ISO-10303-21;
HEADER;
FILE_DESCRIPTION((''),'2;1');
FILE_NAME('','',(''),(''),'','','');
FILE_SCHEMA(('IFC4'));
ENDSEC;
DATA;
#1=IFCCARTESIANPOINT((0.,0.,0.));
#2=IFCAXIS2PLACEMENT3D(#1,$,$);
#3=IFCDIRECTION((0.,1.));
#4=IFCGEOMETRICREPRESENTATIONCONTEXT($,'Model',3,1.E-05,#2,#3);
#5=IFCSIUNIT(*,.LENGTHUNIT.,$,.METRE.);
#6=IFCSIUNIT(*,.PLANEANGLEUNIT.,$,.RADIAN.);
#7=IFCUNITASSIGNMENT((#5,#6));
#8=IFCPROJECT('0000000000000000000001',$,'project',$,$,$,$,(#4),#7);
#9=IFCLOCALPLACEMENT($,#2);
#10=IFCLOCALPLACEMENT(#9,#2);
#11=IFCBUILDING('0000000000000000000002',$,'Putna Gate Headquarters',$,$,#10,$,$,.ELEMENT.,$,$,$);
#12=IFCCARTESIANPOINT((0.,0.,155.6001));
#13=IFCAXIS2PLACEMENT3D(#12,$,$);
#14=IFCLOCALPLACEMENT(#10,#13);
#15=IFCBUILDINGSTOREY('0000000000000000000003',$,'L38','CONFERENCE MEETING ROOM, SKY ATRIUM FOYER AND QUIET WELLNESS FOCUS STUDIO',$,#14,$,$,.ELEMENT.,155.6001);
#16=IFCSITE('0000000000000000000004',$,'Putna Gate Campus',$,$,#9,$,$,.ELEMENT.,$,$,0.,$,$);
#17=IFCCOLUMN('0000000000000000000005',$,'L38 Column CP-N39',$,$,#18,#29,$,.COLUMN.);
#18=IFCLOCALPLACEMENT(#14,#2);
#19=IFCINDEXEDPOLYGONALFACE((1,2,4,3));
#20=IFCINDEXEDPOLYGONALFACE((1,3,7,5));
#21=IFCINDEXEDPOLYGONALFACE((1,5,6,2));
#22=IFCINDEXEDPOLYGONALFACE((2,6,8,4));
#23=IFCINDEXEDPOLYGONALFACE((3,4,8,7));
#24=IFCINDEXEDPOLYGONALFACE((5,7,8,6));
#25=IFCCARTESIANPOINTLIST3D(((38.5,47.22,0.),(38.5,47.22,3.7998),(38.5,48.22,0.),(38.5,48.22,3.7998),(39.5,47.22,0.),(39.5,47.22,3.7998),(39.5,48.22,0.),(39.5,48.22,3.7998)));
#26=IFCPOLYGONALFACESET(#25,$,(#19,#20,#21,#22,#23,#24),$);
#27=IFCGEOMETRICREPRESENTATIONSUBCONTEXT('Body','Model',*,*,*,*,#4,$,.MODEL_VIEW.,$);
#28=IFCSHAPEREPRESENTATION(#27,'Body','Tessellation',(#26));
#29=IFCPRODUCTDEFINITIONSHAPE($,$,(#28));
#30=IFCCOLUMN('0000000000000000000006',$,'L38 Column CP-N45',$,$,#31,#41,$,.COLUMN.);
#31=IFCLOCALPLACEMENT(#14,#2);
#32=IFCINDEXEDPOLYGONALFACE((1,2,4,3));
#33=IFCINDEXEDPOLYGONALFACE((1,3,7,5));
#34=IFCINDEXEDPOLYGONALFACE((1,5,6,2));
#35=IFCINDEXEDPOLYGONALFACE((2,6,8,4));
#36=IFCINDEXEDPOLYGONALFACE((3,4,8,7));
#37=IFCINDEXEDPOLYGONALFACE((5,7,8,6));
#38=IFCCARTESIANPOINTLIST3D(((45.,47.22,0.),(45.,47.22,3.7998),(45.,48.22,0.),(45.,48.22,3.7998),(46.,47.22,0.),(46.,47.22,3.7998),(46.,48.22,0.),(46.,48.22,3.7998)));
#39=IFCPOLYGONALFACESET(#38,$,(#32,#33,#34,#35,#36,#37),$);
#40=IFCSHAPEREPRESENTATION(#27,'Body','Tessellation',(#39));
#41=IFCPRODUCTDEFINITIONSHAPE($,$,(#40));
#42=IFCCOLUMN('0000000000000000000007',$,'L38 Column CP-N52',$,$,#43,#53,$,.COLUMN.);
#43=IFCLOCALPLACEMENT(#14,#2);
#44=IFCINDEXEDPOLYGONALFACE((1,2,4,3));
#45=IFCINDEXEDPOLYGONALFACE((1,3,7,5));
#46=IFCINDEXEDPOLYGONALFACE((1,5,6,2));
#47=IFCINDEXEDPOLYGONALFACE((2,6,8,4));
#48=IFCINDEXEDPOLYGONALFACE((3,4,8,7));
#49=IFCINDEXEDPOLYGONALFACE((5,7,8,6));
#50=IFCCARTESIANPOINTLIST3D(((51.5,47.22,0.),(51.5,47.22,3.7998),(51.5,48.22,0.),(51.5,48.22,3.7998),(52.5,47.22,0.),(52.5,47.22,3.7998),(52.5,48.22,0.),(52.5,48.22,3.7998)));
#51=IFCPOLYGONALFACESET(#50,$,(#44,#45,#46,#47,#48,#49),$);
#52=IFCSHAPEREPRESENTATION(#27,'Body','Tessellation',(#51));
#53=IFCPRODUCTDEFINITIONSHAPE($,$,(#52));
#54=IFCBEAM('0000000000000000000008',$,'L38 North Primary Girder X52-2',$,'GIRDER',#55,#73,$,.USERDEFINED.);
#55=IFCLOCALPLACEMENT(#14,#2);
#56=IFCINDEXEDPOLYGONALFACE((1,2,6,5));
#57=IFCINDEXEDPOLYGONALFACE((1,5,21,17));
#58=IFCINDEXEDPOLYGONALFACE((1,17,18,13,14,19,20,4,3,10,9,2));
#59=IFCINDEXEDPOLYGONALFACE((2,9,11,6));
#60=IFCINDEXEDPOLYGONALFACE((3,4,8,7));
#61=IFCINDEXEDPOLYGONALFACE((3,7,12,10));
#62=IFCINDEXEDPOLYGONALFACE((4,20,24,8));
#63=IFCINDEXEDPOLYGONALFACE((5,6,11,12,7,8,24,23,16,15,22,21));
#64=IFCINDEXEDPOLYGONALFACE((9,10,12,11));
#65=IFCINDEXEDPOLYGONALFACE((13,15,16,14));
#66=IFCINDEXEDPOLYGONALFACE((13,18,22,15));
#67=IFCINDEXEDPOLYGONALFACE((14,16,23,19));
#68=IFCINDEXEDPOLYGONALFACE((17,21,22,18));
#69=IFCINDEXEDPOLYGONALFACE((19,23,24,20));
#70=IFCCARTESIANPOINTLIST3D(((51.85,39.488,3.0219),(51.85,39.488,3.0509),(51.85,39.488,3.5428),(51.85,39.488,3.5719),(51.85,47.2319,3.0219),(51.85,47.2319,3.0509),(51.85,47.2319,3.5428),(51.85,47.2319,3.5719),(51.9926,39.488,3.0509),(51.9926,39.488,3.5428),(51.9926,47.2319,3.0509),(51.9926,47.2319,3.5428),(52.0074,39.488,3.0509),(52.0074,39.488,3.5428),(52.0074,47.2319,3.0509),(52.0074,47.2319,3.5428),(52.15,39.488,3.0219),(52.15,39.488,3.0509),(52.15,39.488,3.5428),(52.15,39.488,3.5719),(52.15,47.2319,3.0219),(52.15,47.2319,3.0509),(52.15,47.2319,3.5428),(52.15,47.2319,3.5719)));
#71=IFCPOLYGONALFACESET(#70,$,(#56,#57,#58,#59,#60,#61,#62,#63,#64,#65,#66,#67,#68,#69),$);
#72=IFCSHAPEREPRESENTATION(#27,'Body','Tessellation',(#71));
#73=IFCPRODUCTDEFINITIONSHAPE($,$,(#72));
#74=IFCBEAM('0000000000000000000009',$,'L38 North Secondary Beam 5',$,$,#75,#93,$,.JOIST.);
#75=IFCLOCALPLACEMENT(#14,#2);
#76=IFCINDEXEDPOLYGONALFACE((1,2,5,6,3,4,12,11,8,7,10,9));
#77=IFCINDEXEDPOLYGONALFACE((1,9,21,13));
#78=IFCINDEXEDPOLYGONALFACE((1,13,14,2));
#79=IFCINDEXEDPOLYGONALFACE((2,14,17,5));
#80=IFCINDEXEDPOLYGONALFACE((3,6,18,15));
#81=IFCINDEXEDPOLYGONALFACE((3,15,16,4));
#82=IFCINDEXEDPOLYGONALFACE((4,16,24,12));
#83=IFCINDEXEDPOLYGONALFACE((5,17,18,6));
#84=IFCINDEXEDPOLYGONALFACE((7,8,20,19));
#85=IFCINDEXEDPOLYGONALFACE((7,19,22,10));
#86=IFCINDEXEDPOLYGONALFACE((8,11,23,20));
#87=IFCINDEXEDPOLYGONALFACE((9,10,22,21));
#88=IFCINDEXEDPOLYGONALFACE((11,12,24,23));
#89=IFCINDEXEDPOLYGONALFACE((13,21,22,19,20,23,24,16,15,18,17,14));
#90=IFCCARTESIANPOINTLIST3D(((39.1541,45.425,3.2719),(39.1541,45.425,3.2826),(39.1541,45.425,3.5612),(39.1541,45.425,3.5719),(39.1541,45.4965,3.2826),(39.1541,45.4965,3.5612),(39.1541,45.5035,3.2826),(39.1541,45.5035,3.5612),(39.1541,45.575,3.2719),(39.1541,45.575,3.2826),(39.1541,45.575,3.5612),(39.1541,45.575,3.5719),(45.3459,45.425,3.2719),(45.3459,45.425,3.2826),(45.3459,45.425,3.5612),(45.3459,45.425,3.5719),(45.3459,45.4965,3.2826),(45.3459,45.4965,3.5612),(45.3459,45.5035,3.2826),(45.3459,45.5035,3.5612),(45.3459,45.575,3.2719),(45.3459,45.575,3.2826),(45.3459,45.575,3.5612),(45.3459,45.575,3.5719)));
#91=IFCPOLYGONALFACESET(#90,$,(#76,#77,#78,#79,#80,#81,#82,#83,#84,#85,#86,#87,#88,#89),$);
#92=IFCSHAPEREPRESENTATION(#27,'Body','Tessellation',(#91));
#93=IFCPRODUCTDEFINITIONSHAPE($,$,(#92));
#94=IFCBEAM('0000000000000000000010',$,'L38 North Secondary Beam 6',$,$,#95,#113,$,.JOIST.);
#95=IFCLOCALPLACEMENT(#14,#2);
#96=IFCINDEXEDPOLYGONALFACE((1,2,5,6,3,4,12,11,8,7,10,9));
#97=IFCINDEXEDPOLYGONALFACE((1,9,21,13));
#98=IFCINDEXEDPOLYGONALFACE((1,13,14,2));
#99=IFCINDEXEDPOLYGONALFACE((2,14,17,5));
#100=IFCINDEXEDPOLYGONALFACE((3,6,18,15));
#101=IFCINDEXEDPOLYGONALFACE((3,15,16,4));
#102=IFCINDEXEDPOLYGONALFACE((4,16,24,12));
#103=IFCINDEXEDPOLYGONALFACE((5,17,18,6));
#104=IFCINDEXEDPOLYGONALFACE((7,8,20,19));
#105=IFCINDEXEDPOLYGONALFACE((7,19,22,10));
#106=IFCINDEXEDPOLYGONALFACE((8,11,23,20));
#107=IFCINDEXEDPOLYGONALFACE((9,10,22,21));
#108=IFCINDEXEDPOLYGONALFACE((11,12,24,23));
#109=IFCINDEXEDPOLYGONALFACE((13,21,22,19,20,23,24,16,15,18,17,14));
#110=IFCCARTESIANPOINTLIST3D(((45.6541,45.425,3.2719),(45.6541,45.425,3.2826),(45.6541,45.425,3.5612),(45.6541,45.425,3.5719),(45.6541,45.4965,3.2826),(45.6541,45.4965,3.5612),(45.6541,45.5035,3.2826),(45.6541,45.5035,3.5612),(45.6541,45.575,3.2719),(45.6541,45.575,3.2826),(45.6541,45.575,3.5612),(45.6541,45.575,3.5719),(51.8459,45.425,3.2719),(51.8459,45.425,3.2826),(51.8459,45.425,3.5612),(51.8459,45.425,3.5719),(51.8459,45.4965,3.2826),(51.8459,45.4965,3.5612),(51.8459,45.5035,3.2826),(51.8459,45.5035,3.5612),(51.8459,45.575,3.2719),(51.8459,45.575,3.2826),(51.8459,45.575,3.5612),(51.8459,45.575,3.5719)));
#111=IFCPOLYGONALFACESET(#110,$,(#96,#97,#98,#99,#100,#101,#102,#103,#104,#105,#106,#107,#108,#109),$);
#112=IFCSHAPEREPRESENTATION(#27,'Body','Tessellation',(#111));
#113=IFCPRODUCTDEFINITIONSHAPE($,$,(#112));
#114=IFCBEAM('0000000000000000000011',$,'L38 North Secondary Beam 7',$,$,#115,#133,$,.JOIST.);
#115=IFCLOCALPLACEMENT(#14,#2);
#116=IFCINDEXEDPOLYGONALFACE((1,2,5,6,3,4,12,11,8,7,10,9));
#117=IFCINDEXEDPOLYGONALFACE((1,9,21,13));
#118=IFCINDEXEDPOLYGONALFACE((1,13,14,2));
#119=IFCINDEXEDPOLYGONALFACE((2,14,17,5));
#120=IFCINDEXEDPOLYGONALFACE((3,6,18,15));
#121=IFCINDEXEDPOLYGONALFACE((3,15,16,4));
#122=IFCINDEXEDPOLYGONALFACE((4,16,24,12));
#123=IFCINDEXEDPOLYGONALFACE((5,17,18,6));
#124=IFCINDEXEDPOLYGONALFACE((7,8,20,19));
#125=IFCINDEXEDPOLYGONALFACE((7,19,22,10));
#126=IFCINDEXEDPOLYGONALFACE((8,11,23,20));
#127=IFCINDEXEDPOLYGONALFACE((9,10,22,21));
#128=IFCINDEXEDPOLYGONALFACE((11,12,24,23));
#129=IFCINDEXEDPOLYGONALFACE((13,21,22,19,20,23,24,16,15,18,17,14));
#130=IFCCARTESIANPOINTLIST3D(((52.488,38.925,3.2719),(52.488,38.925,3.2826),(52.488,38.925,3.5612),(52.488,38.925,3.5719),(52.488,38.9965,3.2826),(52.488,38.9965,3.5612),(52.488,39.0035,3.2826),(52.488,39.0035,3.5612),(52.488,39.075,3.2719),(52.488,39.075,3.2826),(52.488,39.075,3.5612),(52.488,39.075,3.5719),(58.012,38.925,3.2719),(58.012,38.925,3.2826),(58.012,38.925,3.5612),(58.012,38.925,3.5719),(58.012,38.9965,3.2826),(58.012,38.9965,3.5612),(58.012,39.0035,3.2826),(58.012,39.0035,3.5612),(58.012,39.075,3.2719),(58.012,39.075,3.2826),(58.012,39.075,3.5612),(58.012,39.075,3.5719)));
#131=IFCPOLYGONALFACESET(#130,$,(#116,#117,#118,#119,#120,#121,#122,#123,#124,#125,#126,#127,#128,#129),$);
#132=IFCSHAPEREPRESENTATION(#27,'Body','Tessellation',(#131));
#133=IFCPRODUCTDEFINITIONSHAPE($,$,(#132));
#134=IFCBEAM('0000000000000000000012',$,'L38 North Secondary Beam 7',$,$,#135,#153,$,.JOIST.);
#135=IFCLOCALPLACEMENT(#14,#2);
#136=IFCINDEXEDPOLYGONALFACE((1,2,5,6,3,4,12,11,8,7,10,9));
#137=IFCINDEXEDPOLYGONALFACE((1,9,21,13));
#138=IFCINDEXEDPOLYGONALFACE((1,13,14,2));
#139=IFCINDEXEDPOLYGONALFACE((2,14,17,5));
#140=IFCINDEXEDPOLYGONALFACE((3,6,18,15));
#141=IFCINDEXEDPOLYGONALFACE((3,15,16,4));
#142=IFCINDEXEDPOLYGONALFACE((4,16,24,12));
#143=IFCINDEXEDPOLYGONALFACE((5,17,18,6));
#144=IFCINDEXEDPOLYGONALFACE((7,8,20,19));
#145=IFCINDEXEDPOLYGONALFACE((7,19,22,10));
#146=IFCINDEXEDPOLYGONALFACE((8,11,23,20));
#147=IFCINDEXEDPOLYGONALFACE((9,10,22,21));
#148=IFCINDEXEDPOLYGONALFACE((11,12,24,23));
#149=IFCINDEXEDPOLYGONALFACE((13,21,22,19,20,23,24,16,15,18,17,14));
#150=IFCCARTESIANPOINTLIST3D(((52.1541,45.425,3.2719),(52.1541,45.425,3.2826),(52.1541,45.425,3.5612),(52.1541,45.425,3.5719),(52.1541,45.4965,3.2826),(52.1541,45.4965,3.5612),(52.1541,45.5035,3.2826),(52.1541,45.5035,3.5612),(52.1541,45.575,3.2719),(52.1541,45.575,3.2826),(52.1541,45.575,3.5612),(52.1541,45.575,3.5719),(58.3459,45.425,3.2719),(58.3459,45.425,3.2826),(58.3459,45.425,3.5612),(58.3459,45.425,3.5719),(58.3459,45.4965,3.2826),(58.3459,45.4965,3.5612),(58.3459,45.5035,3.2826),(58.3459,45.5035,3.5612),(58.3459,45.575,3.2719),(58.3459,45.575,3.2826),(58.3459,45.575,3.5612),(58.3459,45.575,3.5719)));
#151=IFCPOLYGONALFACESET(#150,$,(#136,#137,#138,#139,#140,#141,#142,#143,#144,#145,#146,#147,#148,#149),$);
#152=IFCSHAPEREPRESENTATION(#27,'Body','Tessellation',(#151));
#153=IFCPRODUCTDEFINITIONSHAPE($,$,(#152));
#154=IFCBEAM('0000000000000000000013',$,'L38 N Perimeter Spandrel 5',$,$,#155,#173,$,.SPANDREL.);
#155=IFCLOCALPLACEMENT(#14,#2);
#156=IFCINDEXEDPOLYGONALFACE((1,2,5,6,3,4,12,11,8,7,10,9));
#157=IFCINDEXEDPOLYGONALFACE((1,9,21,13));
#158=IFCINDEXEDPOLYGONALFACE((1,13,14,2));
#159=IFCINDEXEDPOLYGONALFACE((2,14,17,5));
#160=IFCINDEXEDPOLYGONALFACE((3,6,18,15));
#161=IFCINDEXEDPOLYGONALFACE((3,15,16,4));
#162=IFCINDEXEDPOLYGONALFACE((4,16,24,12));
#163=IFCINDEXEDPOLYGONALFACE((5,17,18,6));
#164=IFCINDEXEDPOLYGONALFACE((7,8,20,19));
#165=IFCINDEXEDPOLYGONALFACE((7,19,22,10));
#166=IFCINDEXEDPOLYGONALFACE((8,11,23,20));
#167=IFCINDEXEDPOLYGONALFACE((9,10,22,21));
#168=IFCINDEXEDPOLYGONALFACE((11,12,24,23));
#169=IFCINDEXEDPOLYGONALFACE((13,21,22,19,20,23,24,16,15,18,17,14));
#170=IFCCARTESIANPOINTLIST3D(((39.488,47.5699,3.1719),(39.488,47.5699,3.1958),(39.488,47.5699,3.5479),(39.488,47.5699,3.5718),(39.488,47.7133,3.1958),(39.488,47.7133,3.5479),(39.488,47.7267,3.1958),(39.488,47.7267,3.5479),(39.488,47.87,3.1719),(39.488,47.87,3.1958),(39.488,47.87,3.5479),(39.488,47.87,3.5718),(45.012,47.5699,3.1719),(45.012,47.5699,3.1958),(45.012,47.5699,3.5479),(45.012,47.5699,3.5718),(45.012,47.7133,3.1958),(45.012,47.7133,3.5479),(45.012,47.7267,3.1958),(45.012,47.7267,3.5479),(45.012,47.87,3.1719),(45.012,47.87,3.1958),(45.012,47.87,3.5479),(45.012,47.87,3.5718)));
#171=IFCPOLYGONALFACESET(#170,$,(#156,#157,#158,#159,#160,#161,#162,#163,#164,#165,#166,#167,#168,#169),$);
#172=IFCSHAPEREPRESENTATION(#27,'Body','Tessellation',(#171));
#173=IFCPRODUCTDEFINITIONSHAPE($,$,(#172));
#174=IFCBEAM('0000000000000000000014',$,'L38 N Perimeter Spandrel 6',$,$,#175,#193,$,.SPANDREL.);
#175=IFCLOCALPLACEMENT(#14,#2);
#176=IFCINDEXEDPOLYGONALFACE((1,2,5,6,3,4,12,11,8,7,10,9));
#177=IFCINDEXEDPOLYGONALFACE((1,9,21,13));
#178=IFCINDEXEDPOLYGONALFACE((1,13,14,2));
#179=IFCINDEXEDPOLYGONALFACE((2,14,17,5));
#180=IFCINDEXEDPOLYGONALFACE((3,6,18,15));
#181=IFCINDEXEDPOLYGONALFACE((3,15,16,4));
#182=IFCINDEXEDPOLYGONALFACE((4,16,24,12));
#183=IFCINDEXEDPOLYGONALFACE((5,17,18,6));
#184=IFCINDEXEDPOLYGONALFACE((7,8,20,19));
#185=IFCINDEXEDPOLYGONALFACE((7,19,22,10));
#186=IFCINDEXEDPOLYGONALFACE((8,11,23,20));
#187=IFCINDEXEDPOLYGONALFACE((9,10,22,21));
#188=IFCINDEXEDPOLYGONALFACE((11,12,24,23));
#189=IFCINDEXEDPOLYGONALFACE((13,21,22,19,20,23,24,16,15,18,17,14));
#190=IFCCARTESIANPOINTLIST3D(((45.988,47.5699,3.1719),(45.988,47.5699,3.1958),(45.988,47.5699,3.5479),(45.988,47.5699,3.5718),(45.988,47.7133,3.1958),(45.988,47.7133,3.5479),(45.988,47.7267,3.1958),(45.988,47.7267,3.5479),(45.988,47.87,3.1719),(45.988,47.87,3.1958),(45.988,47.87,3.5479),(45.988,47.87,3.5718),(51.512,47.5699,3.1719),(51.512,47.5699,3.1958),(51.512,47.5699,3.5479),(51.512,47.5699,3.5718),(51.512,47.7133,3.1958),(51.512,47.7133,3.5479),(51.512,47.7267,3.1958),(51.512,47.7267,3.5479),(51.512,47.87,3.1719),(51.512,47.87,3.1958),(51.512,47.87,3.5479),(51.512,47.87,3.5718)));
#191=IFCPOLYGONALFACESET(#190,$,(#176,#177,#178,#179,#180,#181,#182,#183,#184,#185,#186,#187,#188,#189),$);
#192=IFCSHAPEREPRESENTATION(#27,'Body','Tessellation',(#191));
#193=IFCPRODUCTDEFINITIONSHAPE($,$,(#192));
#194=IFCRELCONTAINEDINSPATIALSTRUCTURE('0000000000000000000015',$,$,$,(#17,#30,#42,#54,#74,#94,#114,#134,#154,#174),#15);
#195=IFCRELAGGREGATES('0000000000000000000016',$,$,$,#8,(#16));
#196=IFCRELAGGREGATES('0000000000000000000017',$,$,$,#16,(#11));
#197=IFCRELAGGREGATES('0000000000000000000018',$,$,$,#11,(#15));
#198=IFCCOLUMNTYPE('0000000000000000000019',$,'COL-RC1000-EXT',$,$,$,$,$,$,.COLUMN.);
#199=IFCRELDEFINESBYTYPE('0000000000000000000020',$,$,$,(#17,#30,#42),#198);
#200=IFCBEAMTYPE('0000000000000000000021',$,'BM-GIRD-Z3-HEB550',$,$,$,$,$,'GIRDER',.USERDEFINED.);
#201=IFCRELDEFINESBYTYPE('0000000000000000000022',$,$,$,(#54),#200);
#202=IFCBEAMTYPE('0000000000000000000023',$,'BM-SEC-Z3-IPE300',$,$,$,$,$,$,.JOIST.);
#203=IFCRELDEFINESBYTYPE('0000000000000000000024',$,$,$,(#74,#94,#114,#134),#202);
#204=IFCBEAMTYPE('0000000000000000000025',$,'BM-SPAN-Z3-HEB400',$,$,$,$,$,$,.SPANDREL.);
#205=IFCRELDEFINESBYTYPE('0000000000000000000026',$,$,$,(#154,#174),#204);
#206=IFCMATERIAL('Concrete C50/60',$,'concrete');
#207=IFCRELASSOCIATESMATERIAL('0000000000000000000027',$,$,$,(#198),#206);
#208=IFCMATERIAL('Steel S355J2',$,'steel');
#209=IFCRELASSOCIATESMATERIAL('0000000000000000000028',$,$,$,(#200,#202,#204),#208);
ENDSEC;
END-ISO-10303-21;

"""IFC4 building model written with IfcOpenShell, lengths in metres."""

from ifc_helpers import new_model, si_unit, direction, frame, origin, origin_2d, place, context, subcontext, project, spatial, rectangle, i_section, extrude, material, material_profile, profile_set, type_object, element, save


model = new_model("IFC4")

# Units and contexts
model_context = context("Model", 3, precision=1e-05, world=origin(), true_north=direction((0.0, 1.0)))
body_context = subcontext(model_context, "Body", "Model", "MODEL_VIEW")
ifc_project = project(units=[si_unit("LENGTHUNIT", "METRE"), si_unit("PLANEANGLEUNIT", "RADIAN")], contexts=[model_context])

# Site, building, storey
site_placement = place(None, origin())
site = spatial("IfcSite", under=ifc_project, at=site_placement, Name="Putna Gate Campus", CompositionType="ELEMENT", RefElevation=0.0)
building_placement = place(site_placement, origin())
building = spatial("IfcBuilding", under=site, at=building_placement, Name="Putna Gate Headquarters", CompositionType="ELEMENT")
storey_placement = place(building_placement, frame((0.0, 0.0, 155.6001)))
storey = spatial("IfcBuildingStorey", under=building, at=storey_placement, Name="L38", Description="CONFERENCE MEETING ROOM, SKY ATRIUM FOYER AND QUIET WELLNESS FOCUS STUDIO", CompositionType="ELEMENT", Elevation=155.6001)

# Columns
ifc_material_1 = material(Name="Concrete C50/60", Category="concrete")
ifc_material_profile_1 = material_profile(ifc_material_1, rectangle(XDim=1.0, YDim=1.0, at=origin_2d()), Name="Concrete C50/60")
ifc_profile_set_1 = profile_set([ifc_material_profile_1], Name="Concrete C50/60")
column_type = type_object("IfcColumnType", Name="COL-RC1000-EXT", PredefinedType="COLUMN", material=ifc_profile_set_1)
for number, where, z_axis, x_axis, name in (
    (1, (39.0, 47.72, 0.0), (0.0, 0.0, 1.0), (1.0, 0.0, 0.0), "L38 Column CP-N39"),
    (2, (45.5, 47.72, 0.0), (0.0, 0.0, 1.0), (1.0, 0.0, 0.0), "L38 Column CP-N45"),
    (3, (52.0, 47.72, 0.0), (0.0, 0.0, 1.0), (1.0, 0.0, 0.0), "L38 Column CP-N52"),
):
    element("IfcColumn", number, at=place(storey_placement, frame(where, z_axis=z_axis, x_axis=x_axis)), inside=storey, type_object=column_type, Name=name, PredefinedType="COLUMN", context=body_context, shape_type="SweptSolid", body=[
        extrude(rectangle(XDim=1.0, YDim=1.0, at=origin_2d()), origin(), (0.0, 0.0, 1.0), 3.7998),
    ])

# Beams
ifc_material_2 = material(Name="Steel S355J2", Category="steel")
ifc_material_profile_2 = material_profile(ifc_material_2, i_section(OverallWidth=0.3, OverallDepth=0.55, WebThickness=0.0149, FlangeThickness=0.0291, at=origin_2d()), Name="Steel S355J2")
ifc_profile_set_2 = profile_set([ifc_material_profile_2], Name="Steel S355J2")
beam_type_1 = type_object("IfcBeamType", Name="BM-GIRD-Z3-HEB550", ElementType="GIRDER", PredefinedType="USERDEFINED", material=ifc_profile_set_2)
beam_1_placement = place(storey_placement, frame((52.0, 39.488, 3.2969), z_axis=(0.0, 1.0, 0.0), x_axis=(-1.0, 0.0, 0.0)))
element("IfcBeam", 4, at=beam_1_placement, inside=storey, type_object=beam_type_1, Name="L38 North Primary Girder X52-2", ObjectType="GIRDER", PredefinedType="USERDEFINED", context=body_context, shape_type="SweptSolid", body=[
    extrude(i_section(OverallWidth=0.3, OverallDepth=0.55, WebThickness=0.0149, FlangeThickness=0.0291, at=origin_2d()), origin(), (0.0, 0.0, 1.0), 7.7439),
])
ifc_material_profile_3 = material_profile(ifc_material_2, i_section(OverallWidth=0.1499, OverallDepth=0.3, WebThickness=0.0071, FlangeThickness=0.0107, at=origin_2d()), Name="Steel S355J2")
ifc_profile_set_3 = profile_set([ifc_material_profile_3], Name="Steel S355J2")
beam_type_2 = type_object("IfcBeamType", Name="BM-SEC-Z3-IPE300", PredefinedType="JOIST", material=ifc_profile_set_3)
for number, where, z_axis, x_axis, name in (
    (5, (39.1541, 45.5, 3.4219), (1.0, 0.0, 0.0), (0.0, 1.0, 0.0), "L38 North Secondary Beam 5"),
    (6, (45.6541, 45.5, 3.4219), (1.0, 0.0, 0.0), (0.0, 1.0, 0.0), "L38 North Secondary Beam 6"),
):
    element("IfcBeam", number, at=place(storey_placement, frame(where, z_axis=z_axis, x_axis=x_axis)), inside=storey, type_object=beam_type_2, Name=name, PredefinedType="JOIST", context=body_context, shape_type="SweptSolid", body=[
        extrude(i_section(OverallWidth=0.1499, OverallDepth=0.3, WebThickness=0.0071, FlangeThickness=0.0107, at=origin_2d()), origin(), (0.0, 0.0, 1.0), 6.1919),
    ])
beam_2_placement = place(storey_placement, frame((52.488, 39.0, 3.4219), z_axis=(1.0, 0.0, 0.0), x_axis=(0.0, 1.0, 0.0)))
element("IfcBeam", 7, at=beam_2_placement, inside=storey, type_object=beam_type_2, Name="L38 North Secondary Beam 7", PredefinedType="JOIST", context=body_context, shape_type="SweptSolid", body=[
    extrude(i_section(OverallWidth=0.1499, OverallDepth=0.3, WebThickness=0.0071, FlangeThickness=0.0107, at=origin_2d()), origin(), (0.0, 0.0, 1.0), 5.5239),
])
beam_3_placement = place(storey_placement, frame((52.1541, 45.5, 3.4219), z_axis=(1.0, 0.0, 0.0), x_axis=(0.0, 1.0, 0.0)))
element("IfcBeam", 8, at=beam_3_placement, inside=storey, type_object=beam_type_2, Name="L38 North Secondary Beam 7", PredefinedType="JOIST", context=body_context, shape_type="SweptSolid", body=[
    extrude(i_section(OverallWidth=0.1499, OverallDepth=0.3, WebThickness=0.0071, FlangeThickness=0.0107, at=origin_2d()), origin(), (0.0, 0.0, 1.0), 6.1919),
])
ifc_material_profile_4 = material_profile(ifc_material_2, i_section(OverallWidth=0.3, OverallDepth=0.3999, WebThickness=0.0134, FlangeThickness=0.0239, at=origin_2d()), Name="Steel S355J2")
ifc_profile_set_4 = profile_set([ifc_material_profile_4], Name="Steel S355J2")
beam_type_3 = type_object("IfcBeamType", Name="BM-SPAN-Z3-HEB400", PredefinedType="SPANDREL", material=ifc_profile_set_4)
for number, where, z_axis, x_axis, name in (
    (9, (39.488, 47.72, 3.3718), (1.0, 0.0, 0.0), (0.0, 1.0, 0.0), "L38 N Perimeter Spandrel 5"),
    (10, (45.988, 47.72, 3.3718), (1.0, 0.0, 0.0), (0.0, 1.0, 0.0), "L38 N Perimeter Spandrel 6"),
):
    element("IfcBeam", number, at=place(storey_placement, frame(where, z_axis=z_axis, x_axis=x_axis)), inside=storey, type_object=beam_type_3, Name=name, PredefinedType="SPANDREL", context=body_context, shape_type="SweptSolid", body=[
        extrude(i_section(OverallWidth=0.3, OverallDepth=0.3999, WebThickness=0.0134, FlangeThickness=0.0239, at=origin_2d()), origin(), (0.0, 0.0, 1.0), 5.5239),
    ])

save(model, "model.ifc")
